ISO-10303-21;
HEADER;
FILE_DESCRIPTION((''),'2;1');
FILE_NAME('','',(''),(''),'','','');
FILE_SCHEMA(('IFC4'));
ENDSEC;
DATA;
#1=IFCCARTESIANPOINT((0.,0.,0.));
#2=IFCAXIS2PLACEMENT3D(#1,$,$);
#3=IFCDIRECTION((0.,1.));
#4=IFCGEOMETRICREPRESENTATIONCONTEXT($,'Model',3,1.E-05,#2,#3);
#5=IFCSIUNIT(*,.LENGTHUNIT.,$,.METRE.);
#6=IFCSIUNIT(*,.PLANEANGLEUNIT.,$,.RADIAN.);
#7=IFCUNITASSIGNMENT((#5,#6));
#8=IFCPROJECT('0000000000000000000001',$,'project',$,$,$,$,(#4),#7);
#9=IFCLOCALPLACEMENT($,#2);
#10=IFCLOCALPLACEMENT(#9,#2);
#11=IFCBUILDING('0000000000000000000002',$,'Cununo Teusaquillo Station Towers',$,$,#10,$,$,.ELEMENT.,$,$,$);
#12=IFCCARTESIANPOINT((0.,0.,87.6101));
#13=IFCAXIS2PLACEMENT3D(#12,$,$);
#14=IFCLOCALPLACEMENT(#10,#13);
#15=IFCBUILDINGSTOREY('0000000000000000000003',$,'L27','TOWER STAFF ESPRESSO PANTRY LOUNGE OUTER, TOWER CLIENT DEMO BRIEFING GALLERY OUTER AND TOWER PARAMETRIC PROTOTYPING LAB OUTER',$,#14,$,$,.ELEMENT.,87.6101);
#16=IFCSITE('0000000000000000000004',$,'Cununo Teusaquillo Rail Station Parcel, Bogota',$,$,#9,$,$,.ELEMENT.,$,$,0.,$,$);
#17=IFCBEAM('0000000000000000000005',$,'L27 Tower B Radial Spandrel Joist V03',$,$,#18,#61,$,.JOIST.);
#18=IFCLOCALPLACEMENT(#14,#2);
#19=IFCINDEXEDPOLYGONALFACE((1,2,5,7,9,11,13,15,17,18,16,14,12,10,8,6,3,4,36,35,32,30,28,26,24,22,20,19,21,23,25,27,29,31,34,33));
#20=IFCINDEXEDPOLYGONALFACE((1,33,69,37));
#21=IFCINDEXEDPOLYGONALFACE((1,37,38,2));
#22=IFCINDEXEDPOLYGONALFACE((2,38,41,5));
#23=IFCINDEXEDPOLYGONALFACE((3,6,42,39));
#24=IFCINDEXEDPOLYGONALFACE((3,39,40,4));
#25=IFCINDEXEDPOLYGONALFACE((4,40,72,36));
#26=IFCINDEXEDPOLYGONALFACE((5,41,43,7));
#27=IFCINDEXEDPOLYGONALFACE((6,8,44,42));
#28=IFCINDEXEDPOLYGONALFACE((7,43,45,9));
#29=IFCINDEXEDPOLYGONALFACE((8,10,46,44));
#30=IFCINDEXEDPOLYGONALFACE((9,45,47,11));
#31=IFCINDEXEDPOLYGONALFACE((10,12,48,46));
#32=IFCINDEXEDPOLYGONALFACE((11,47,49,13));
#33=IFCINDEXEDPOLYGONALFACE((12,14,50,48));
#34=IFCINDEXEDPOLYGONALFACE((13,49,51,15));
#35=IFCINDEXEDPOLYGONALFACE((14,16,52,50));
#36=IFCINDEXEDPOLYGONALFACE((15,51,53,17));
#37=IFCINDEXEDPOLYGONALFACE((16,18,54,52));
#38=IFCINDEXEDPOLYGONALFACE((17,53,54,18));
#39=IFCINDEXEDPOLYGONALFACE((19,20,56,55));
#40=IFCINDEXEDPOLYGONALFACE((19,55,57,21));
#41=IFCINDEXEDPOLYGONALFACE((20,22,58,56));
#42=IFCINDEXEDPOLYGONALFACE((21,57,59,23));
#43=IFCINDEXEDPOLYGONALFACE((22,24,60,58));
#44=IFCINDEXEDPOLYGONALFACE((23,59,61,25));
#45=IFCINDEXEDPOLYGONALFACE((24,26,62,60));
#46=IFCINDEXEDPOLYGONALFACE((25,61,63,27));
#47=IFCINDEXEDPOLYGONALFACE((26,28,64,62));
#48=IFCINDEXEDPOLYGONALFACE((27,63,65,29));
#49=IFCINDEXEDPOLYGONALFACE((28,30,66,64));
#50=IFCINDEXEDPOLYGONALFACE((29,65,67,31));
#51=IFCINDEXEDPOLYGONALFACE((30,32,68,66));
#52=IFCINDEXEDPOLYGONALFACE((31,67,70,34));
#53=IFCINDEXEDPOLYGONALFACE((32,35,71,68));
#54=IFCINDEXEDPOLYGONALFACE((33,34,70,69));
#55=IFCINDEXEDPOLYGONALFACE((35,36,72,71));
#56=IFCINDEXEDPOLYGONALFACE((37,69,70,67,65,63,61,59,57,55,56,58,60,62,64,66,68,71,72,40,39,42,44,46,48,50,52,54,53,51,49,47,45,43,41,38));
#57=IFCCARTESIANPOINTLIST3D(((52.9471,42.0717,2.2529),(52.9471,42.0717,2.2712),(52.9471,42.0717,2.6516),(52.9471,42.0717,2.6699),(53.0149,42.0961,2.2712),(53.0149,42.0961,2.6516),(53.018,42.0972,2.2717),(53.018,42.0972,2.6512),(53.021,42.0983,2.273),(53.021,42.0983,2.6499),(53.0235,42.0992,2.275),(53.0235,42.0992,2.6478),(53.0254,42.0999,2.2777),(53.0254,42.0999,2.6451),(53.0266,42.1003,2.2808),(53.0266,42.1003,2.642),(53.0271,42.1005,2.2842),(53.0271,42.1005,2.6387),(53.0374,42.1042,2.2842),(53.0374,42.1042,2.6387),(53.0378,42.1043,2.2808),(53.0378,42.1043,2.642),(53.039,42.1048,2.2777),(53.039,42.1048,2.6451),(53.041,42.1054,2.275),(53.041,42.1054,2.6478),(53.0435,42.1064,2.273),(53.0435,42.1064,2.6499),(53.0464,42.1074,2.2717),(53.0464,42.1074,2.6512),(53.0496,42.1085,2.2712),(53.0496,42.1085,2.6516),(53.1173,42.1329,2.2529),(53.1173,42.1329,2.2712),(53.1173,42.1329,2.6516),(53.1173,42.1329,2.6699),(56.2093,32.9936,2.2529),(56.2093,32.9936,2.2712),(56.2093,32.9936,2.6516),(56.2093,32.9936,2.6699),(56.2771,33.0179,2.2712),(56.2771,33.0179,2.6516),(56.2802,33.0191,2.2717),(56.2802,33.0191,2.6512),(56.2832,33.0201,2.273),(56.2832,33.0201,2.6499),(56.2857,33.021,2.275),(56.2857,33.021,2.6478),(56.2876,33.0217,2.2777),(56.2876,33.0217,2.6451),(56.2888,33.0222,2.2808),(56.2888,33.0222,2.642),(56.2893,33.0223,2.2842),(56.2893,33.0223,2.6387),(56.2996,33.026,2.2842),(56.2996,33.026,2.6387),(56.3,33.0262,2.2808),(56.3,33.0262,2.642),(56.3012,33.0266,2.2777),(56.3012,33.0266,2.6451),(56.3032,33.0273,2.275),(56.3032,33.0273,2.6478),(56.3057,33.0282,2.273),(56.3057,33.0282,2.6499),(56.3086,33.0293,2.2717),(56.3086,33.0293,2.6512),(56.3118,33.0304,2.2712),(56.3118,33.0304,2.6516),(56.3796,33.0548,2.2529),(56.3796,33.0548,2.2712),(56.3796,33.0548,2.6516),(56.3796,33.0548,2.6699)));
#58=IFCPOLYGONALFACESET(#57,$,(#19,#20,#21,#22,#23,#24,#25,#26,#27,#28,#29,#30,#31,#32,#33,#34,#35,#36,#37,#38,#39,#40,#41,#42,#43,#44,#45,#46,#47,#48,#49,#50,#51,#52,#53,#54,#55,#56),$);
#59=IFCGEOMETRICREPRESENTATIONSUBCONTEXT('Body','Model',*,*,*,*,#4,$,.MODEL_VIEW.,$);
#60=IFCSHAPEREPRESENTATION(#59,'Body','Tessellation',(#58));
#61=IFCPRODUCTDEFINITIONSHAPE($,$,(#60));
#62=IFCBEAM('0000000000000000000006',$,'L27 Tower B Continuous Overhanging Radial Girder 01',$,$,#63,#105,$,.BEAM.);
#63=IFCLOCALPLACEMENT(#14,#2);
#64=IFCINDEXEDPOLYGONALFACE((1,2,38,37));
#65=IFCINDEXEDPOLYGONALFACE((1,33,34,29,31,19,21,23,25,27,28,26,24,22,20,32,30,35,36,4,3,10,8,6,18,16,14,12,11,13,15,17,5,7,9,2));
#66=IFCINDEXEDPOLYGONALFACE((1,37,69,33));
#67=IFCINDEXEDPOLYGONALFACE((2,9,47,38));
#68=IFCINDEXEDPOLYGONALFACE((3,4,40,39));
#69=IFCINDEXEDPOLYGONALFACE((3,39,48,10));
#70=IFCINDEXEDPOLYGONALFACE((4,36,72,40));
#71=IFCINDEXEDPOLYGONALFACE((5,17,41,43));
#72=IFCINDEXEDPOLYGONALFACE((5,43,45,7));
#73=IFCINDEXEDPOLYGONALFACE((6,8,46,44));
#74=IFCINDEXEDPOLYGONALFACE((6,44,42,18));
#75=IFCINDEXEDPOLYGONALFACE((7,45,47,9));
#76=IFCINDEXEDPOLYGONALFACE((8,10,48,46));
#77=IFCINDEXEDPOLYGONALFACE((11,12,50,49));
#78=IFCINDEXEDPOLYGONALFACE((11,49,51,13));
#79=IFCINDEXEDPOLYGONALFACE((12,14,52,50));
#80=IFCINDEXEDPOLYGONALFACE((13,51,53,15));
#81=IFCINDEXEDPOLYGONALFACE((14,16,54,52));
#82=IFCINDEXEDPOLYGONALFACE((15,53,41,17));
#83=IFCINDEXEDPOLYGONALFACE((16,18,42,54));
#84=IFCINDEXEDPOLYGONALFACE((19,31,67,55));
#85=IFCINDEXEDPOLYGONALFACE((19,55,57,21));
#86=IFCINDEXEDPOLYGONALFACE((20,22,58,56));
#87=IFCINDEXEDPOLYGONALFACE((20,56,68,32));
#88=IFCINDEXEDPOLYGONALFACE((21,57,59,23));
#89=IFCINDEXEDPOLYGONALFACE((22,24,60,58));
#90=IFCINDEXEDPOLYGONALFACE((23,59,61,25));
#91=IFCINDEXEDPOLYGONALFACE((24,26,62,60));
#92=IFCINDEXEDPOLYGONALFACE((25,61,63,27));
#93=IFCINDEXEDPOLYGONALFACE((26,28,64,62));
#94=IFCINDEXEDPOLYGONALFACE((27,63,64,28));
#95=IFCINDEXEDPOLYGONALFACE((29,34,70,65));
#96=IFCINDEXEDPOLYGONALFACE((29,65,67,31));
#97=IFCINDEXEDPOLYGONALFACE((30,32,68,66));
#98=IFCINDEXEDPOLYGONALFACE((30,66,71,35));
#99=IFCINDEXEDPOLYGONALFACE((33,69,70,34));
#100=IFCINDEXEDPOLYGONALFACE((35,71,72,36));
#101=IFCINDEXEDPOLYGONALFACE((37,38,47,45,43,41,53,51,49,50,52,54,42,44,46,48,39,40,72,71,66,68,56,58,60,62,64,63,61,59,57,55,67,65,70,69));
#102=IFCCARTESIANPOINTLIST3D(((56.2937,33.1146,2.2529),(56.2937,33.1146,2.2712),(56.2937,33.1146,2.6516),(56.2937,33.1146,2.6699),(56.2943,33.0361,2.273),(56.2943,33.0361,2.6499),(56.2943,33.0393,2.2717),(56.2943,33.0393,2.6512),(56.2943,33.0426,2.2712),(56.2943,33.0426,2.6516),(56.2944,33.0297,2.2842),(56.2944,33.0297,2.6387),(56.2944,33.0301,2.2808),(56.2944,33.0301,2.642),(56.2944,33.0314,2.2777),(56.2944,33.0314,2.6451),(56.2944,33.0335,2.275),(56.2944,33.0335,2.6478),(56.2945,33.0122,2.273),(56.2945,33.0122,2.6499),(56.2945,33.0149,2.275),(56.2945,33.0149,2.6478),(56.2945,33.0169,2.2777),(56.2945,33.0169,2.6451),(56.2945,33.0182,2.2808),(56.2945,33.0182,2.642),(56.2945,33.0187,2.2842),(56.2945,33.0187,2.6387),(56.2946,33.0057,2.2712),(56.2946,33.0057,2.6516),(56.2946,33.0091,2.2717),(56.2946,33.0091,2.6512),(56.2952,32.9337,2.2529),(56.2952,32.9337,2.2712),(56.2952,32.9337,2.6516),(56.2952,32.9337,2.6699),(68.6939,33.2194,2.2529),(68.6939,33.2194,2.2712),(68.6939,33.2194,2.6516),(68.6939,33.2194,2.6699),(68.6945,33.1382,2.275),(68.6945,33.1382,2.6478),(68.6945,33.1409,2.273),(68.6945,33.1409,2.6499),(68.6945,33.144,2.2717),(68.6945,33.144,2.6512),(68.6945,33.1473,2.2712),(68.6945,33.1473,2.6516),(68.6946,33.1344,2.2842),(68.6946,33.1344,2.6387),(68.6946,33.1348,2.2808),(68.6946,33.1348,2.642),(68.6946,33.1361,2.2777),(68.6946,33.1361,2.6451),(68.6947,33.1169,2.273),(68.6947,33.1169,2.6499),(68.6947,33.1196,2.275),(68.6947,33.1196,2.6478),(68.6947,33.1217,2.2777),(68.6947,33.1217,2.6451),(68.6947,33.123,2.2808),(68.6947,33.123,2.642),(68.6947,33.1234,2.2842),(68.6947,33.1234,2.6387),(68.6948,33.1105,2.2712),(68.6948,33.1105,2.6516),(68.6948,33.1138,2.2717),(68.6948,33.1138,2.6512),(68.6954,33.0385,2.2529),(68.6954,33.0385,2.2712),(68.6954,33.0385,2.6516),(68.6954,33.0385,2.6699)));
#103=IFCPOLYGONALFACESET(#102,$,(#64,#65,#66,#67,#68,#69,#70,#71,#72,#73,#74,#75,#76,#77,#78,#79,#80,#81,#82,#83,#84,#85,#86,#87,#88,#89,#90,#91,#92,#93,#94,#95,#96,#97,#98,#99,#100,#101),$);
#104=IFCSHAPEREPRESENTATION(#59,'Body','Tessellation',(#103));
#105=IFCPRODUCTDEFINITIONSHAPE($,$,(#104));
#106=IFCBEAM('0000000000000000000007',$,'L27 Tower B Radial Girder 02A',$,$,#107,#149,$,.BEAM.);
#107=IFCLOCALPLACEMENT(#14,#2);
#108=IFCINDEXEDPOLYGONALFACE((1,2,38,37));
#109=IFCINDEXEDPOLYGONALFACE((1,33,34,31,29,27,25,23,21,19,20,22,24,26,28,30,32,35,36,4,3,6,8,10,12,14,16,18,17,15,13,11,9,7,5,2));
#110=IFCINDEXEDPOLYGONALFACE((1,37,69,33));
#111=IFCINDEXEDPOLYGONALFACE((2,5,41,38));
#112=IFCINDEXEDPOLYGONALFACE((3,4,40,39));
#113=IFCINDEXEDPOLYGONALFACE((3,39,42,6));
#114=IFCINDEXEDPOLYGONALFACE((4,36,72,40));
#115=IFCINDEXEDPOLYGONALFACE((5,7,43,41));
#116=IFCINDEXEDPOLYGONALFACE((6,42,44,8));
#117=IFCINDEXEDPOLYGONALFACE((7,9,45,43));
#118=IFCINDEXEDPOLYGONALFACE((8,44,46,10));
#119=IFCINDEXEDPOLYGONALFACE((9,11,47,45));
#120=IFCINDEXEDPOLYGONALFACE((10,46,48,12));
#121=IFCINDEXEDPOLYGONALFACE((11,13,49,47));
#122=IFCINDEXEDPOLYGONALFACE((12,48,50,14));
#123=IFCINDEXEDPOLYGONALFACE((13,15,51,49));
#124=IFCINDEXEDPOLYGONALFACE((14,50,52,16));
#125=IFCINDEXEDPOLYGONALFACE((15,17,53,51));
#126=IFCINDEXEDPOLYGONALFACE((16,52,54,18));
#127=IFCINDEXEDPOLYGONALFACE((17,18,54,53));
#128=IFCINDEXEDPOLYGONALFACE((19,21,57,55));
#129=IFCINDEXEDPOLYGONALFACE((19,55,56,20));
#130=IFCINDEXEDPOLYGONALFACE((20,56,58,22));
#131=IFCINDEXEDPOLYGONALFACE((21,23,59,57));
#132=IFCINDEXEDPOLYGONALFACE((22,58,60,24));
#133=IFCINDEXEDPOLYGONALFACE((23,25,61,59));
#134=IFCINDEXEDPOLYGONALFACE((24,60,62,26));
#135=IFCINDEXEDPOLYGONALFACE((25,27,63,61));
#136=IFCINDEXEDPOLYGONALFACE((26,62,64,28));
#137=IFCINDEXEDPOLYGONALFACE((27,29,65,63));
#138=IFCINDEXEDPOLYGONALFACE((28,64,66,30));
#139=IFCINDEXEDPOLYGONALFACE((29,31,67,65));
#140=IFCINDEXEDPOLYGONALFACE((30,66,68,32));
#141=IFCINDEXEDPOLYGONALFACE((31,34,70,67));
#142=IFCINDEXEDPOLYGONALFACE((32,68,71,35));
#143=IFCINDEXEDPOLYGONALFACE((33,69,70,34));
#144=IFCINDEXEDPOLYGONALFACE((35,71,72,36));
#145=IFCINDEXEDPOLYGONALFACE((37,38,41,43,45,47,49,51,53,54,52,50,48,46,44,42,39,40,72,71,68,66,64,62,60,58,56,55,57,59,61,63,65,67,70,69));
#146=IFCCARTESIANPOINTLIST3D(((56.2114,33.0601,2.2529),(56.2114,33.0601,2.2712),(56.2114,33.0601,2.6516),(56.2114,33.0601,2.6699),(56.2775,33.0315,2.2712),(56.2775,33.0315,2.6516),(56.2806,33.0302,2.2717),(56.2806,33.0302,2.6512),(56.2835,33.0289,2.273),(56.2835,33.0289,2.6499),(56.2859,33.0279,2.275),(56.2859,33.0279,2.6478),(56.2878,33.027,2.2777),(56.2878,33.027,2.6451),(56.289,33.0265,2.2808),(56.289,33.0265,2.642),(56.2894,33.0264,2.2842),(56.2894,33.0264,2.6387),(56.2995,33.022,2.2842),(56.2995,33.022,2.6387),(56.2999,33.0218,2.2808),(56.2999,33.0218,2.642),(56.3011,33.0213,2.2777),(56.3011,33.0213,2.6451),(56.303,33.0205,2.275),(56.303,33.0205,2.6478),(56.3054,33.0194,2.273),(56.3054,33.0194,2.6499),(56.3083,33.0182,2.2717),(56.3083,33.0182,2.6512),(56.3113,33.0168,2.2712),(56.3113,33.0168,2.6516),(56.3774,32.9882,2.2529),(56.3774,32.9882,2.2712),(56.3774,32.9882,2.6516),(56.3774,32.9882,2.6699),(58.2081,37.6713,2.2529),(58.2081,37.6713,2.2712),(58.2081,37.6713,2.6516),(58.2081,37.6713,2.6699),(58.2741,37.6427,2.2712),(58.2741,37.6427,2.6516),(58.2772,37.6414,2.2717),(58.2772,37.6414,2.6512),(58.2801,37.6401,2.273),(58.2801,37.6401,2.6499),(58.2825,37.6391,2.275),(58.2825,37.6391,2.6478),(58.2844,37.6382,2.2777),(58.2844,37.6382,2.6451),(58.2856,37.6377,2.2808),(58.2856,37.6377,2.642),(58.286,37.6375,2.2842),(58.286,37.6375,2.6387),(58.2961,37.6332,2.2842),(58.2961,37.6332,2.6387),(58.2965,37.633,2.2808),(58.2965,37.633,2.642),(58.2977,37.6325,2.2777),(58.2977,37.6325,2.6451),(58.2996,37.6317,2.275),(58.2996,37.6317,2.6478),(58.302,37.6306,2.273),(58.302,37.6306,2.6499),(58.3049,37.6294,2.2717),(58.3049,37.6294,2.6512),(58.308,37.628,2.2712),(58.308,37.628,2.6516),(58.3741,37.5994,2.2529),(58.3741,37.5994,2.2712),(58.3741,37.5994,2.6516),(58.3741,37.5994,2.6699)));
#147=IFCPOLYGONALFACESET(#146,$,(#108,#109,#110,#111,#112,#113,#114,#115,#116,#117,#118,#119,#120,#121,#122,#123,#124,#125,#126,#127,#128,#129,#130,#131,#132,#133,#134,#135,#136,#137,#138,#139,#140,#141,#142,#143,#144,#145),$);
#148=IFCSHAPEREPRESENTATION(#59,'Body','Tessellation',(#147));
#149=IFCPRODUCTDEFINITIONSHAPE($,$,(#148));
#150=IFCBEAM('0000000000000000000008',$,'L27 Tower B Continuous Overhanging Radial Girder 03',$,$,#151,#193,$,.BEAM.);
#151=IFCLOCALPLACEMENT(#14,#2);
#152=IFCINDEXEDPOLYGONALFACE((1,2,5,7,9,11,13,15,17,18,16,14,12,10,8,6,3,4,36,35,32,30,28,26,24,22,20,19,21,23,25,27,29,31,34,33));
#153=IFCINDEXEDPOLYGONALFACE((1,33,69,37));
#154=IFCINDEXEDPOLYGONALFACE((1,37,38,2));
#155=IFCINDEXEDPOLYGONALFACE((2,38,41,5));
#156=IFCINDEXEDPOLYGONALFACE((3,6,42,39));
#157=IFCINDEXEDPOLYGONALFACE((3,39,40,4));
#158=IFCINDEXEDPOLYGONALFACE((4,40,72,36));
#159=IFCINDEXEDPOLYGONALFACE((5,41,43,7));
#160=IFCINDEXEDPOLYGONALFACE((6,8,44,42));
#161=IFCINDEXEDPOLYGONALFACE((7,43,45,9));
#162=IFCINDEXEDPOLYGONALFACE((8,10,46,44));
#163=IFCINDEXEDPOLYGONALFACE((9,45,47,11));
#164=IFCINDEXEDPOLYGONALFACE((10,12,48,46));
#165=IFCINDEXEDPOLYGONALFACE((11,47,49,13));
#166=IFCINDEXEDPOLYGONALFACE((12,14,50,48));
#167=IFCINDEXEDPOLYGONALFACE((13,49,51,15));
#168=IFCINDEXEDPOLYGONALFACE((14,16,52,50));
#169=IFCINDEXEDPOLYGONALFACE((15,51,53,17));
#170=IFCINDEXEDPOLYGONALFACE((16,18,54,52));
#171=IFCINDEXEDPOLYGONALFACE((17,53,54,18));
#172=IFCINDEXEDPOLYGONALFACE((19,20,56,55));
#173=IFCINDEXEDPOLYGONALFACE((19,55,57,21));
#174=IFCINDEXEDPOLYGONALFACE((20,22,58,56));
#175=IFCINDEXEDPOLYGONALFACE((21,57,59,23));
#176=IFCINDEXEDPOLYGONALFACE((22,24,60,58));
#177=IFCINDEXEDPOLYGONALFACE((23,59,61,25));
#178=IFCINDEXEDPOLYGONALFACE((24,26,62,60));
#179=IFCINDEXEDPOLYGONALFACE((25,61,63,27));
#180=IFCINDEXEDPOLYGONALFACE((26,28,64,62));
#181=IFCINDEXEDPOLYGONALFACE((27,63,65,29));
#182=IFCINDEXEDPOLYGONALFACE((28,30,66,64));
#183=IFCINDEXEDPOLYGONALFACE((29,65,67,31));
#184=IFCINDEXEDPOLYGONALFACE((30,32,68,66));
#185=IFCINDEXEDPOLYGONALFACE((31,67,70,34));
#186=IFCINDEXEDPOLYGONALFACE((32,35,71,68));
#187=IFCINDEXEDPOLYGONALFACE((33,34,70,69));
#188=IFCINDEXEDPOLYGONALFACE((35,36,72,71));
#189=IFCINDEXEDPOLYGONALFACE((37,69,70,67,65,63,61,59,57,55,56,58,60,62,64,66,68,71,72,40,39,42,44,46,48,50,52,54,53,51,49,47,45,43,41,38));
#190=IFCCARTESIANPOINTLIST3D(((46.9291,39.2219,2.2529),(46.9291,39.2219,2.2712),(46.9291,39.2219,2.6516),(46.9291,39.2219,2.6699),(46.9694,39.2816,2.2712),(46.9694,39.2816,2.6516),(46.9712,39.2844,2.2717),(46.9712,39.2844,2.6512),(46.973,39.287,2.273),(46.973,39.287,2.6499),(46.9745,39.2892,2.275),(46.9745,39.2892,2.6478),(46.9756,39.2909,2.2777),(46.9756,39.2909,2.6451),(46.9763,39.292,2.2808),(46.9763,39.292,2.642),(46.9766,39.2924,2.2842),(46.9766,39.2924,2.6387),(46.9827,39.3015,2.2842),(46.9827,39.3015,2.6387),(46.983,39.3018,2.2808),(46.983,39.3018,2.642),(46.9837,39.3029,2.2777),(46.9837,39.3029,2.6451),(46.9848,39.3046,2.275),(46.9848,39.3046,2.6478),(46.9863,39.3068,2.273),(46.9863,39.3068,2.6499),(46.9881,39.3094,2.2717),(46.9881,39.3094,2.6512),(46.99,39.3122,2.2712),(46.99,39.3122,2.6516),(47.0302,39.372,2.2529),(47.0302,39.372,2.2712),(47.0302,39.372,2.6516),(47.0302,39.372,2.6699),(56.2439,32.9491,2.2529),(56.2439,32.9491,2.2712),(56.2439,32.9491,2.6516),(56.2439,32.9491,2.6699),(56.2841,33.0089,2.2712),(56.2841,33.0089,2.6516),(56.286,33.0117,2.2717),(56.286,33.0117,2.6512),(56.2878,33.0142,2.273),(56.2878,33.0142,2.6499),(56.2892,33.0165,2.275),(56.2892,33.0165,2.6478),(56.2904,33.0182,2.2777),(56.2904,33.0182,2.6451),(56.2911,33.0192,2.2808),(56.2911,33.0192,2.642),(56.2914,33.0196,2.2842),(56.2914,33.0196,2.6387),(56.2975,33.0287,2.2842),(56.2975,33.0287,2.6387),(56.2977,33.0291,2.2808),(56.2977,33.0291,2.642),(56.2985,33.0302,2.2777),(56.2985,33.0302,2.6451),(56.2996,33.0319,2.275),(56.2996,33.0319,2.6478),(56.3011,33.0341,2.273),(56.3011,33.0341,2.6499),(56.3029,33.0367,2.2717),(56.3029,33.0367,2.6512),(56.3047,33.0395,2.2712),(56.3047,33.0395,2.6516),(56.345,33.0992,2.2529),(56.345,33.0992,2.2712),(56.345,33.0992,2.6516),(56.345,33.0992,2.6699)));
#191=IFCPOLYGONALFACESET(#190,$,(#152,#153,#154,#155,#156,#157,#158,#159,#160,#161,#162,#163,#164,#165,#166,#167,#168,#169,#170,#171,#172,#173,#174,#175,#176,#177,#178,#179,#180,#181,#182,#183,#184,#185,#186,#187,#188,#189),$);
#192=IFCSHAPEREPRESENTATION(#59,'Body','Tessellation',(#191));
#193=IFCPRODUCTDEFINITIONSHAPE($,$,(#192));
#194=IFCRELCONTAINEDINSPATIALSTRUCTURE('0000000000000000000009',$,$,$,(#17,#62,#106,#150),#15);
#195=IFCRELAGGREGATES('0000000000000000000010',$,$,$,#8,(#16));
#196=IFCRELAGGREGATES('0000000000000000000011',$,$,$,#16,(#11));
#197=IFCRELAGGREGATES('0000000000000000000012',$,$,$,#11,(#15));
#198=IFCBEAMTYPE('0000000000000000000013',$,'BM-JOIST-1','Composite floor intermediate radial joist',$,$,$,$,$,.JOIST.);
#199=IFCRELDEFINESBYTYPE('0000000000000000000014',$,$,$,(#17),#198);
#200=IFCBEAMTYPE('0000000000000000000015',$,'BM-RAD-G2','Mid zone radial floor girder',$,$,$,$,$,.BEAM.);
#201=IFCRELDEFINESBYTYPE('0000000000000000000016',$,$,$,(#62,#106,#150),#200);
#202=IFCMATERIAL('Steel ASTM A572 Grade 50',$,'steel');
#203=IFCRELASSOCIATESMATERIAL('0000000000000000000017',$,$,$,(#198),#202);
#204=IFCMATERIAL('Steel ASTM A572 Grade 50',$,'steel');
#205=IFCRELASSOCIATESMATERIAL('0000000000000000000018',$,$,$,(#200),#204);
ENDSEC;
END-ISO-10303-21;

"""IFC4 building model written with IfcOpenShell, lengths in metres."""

from ifc_helpers import new_model, si_unit, direction, frame, origin, origin_2d, place, context, subcontext, project, spatial, i_section, extrude, material, material_profile, profile_set, type_object, element, save


model = new_model("IFC4")

# Units and contexts
model_context = context("Model", 3, precision=1e-05, world=origin(), true_north=direction((0.0, 1.0)))
body_context = subcontext(model_context, "Body", "Model", "MODEL_VIEW")
ifc_project = project(units=[si_unit("LENGTHUNIT", "METRE"), si_unit("PLANEANGLEUNIT", "RADIAN")], contexts=[model_context])

# Site, building, storey
site_placement = place(None, origin())
site = spatial("IfcSite", under=ifc_project, at=site_placement, Name="Cununo Teusaquillo Rail Station Parcel, Bogota", CompositionType="ELEMENT", RefElevation=0.0)
building_placement = place(site_placement, origin())
building = spatial("IfcBuilding", under=site, at=building_placement, Name="Cununo Teusaquillo Station Towers", CompositionType="ELEMENT")
storey_placement = place(building_placement, frame((0.0, 0.0, 87.6101)))
storey = spatial("IfcBuildingStorey", under=building, at=storey_placement, Name="L27", Description="TOWER STAFF ESPRESSO PANTRY LOUNGE OUTER, TOWER CLIENT DEMO BRIEFING GALLERY OUTER AND TOWER PARAMETRIC PROTOTYPING LAB OUTER", CompositionType="ELEMENT", Elevation=87.6101)

# Beams
ifc_material_1 = material(Name="Steel ASTM A572 Grade 50", Category="steel")
ifc_material_profile_1 = material_profile(ifc_material_1, i_section(OverallWidth=0.1809, OverallDepth=0.417, WebThickness=0.011, FlangeThickness=0.0183, FilletRadius=0.0129, at=origin_2d()), Name="W16X57")
ifc_profile_set_1 = profile_set([ifc_material_profile_1], Name="Steel ASTM A572 Grade 50")
beam_type_1 = type_object("IfcBeamType", Name="BM-JOIST-1", Description="Composite floor intermediate radial joist", PredefinedType="JOIST", material=ifc_profile_set_1)
beam_1_placement = place(storey_placement, frame((56.2944, 33.0242, 2.4614), z_axis=(-0.338176, 0.941083, 0.0), x_axis=(-0.941083, -0.338176, 0.0)))
element("IfcBeam", 1, at=beam_1_placement, inside=storey, type_object=beam_type_1, Name="L27 Tower B Radial Spandrel Joist V03", PredefinedType="JOIST", context=body_context, shape_type="SweptSolid", body=[
    extrude(i_section(OverallWidth=0.1809, OverallDepth=0.417, WebThickness=0.011, FlangeThickness=0.0183, FilletRadius=0.0129, at=origin_2d()), origin(), (0.0, 0.0, 1.0), 9.6465),
])
ifc_material_2 = material(Name="Steel ASTM A572 Grade 50", Category="steel")
ifc_material_profile_2 = material_profile(ifc_material_2, i_section(OverallWidth=0.1809, OverallDepth=0.417, WebThickness=0.011, FlangeThickness=0.0183, FilletRadius=0.0129, at=origin_2d()), Name="W16X57")
ifc_profile_set_2 = profile_set([ifc_material_profile_2], Name="Steel ASTM A572 Grade 50")
beam_type_2 = type_object("IfcBeamType", Name="BM-RAD-G2", Description="Mid zone radial floor girder", PredefinedType="BEAM", material=ifc_profile_set_2)
beam_2_placement = place(storey_placement, frame((56.2944, 33.0242, 2.4614), z_axis=(0.999964, 0.008446, 0.0), x_axis=(-0.008446, 0.999964, 0.0)))
element("IfcBeam", 2, at=beam_2_placement, inside=storey, type_object=beam_type_2, Name="L27 Tower B Continuous Overhanging Radial Girder 01", PredefinedType="BEAM", context=body_context, shape_type="SweptSolid", body=[
    extrude(i_section(OverallWidth=0.1809, OverallDepth=0.417, WebThickness=0.011, FlangeThickness=0.0183, FilletRadius=0.0129, at=origin_2d()), origin(), (0.0, 0.0, 1.0), 12.4006),
])
beam_3_placement = place(storey_placement, frame((56.2944, 33.0242, 2.4614), z_axis=(0.397347, 0.917668, 0.0), x_axis=(-0.917668, 0.397347, 0.0)))
element("IfcBeam", 3, at=beam_3_placement, inside=storey, type_object=beam_type_2, Name="L27 Tower B Radial Girder 02A", PredefinedType="BEAM", context=body_context, shape_type="SweptSolid", body=[
    extrude(i_section(OverallWidth=0.1809, OverallDepth=0.417, WebThickness=0.011, FlangeThickness=0.0183, FilletRadius=0.0129, at=origin_2d()), origin(), (0.0, 0.0, 1.0), 5.0249),
])
beam_4_placement = place(storey_placement, frame((56.2944, 33.0242, 2.4614), z_axis=(-0.829456, 0.558572, 0.0), x_axis=(-0.558572, -0.829456, 0.0)))
element("IfcBeam", 4, at=beam_4_placement, inside=storey, type_object=beam_type_2, Name="L27 Tower B Continuous Overhanging Radial Girder 03", PredefinedType="BEAM", context=body_context, shape_type="SweptSolid", body=[
    extrude(i_section(OverallWidth=0.1809, OverallDepth=0.417, WebThickness=0.011, FlangeThickness=0.0183, FilletRadius=0.0129, at=origin_2d()), origin(), (0.0, 0.0, 1.0), 11.23),
])

save(model, "model.ifc")
